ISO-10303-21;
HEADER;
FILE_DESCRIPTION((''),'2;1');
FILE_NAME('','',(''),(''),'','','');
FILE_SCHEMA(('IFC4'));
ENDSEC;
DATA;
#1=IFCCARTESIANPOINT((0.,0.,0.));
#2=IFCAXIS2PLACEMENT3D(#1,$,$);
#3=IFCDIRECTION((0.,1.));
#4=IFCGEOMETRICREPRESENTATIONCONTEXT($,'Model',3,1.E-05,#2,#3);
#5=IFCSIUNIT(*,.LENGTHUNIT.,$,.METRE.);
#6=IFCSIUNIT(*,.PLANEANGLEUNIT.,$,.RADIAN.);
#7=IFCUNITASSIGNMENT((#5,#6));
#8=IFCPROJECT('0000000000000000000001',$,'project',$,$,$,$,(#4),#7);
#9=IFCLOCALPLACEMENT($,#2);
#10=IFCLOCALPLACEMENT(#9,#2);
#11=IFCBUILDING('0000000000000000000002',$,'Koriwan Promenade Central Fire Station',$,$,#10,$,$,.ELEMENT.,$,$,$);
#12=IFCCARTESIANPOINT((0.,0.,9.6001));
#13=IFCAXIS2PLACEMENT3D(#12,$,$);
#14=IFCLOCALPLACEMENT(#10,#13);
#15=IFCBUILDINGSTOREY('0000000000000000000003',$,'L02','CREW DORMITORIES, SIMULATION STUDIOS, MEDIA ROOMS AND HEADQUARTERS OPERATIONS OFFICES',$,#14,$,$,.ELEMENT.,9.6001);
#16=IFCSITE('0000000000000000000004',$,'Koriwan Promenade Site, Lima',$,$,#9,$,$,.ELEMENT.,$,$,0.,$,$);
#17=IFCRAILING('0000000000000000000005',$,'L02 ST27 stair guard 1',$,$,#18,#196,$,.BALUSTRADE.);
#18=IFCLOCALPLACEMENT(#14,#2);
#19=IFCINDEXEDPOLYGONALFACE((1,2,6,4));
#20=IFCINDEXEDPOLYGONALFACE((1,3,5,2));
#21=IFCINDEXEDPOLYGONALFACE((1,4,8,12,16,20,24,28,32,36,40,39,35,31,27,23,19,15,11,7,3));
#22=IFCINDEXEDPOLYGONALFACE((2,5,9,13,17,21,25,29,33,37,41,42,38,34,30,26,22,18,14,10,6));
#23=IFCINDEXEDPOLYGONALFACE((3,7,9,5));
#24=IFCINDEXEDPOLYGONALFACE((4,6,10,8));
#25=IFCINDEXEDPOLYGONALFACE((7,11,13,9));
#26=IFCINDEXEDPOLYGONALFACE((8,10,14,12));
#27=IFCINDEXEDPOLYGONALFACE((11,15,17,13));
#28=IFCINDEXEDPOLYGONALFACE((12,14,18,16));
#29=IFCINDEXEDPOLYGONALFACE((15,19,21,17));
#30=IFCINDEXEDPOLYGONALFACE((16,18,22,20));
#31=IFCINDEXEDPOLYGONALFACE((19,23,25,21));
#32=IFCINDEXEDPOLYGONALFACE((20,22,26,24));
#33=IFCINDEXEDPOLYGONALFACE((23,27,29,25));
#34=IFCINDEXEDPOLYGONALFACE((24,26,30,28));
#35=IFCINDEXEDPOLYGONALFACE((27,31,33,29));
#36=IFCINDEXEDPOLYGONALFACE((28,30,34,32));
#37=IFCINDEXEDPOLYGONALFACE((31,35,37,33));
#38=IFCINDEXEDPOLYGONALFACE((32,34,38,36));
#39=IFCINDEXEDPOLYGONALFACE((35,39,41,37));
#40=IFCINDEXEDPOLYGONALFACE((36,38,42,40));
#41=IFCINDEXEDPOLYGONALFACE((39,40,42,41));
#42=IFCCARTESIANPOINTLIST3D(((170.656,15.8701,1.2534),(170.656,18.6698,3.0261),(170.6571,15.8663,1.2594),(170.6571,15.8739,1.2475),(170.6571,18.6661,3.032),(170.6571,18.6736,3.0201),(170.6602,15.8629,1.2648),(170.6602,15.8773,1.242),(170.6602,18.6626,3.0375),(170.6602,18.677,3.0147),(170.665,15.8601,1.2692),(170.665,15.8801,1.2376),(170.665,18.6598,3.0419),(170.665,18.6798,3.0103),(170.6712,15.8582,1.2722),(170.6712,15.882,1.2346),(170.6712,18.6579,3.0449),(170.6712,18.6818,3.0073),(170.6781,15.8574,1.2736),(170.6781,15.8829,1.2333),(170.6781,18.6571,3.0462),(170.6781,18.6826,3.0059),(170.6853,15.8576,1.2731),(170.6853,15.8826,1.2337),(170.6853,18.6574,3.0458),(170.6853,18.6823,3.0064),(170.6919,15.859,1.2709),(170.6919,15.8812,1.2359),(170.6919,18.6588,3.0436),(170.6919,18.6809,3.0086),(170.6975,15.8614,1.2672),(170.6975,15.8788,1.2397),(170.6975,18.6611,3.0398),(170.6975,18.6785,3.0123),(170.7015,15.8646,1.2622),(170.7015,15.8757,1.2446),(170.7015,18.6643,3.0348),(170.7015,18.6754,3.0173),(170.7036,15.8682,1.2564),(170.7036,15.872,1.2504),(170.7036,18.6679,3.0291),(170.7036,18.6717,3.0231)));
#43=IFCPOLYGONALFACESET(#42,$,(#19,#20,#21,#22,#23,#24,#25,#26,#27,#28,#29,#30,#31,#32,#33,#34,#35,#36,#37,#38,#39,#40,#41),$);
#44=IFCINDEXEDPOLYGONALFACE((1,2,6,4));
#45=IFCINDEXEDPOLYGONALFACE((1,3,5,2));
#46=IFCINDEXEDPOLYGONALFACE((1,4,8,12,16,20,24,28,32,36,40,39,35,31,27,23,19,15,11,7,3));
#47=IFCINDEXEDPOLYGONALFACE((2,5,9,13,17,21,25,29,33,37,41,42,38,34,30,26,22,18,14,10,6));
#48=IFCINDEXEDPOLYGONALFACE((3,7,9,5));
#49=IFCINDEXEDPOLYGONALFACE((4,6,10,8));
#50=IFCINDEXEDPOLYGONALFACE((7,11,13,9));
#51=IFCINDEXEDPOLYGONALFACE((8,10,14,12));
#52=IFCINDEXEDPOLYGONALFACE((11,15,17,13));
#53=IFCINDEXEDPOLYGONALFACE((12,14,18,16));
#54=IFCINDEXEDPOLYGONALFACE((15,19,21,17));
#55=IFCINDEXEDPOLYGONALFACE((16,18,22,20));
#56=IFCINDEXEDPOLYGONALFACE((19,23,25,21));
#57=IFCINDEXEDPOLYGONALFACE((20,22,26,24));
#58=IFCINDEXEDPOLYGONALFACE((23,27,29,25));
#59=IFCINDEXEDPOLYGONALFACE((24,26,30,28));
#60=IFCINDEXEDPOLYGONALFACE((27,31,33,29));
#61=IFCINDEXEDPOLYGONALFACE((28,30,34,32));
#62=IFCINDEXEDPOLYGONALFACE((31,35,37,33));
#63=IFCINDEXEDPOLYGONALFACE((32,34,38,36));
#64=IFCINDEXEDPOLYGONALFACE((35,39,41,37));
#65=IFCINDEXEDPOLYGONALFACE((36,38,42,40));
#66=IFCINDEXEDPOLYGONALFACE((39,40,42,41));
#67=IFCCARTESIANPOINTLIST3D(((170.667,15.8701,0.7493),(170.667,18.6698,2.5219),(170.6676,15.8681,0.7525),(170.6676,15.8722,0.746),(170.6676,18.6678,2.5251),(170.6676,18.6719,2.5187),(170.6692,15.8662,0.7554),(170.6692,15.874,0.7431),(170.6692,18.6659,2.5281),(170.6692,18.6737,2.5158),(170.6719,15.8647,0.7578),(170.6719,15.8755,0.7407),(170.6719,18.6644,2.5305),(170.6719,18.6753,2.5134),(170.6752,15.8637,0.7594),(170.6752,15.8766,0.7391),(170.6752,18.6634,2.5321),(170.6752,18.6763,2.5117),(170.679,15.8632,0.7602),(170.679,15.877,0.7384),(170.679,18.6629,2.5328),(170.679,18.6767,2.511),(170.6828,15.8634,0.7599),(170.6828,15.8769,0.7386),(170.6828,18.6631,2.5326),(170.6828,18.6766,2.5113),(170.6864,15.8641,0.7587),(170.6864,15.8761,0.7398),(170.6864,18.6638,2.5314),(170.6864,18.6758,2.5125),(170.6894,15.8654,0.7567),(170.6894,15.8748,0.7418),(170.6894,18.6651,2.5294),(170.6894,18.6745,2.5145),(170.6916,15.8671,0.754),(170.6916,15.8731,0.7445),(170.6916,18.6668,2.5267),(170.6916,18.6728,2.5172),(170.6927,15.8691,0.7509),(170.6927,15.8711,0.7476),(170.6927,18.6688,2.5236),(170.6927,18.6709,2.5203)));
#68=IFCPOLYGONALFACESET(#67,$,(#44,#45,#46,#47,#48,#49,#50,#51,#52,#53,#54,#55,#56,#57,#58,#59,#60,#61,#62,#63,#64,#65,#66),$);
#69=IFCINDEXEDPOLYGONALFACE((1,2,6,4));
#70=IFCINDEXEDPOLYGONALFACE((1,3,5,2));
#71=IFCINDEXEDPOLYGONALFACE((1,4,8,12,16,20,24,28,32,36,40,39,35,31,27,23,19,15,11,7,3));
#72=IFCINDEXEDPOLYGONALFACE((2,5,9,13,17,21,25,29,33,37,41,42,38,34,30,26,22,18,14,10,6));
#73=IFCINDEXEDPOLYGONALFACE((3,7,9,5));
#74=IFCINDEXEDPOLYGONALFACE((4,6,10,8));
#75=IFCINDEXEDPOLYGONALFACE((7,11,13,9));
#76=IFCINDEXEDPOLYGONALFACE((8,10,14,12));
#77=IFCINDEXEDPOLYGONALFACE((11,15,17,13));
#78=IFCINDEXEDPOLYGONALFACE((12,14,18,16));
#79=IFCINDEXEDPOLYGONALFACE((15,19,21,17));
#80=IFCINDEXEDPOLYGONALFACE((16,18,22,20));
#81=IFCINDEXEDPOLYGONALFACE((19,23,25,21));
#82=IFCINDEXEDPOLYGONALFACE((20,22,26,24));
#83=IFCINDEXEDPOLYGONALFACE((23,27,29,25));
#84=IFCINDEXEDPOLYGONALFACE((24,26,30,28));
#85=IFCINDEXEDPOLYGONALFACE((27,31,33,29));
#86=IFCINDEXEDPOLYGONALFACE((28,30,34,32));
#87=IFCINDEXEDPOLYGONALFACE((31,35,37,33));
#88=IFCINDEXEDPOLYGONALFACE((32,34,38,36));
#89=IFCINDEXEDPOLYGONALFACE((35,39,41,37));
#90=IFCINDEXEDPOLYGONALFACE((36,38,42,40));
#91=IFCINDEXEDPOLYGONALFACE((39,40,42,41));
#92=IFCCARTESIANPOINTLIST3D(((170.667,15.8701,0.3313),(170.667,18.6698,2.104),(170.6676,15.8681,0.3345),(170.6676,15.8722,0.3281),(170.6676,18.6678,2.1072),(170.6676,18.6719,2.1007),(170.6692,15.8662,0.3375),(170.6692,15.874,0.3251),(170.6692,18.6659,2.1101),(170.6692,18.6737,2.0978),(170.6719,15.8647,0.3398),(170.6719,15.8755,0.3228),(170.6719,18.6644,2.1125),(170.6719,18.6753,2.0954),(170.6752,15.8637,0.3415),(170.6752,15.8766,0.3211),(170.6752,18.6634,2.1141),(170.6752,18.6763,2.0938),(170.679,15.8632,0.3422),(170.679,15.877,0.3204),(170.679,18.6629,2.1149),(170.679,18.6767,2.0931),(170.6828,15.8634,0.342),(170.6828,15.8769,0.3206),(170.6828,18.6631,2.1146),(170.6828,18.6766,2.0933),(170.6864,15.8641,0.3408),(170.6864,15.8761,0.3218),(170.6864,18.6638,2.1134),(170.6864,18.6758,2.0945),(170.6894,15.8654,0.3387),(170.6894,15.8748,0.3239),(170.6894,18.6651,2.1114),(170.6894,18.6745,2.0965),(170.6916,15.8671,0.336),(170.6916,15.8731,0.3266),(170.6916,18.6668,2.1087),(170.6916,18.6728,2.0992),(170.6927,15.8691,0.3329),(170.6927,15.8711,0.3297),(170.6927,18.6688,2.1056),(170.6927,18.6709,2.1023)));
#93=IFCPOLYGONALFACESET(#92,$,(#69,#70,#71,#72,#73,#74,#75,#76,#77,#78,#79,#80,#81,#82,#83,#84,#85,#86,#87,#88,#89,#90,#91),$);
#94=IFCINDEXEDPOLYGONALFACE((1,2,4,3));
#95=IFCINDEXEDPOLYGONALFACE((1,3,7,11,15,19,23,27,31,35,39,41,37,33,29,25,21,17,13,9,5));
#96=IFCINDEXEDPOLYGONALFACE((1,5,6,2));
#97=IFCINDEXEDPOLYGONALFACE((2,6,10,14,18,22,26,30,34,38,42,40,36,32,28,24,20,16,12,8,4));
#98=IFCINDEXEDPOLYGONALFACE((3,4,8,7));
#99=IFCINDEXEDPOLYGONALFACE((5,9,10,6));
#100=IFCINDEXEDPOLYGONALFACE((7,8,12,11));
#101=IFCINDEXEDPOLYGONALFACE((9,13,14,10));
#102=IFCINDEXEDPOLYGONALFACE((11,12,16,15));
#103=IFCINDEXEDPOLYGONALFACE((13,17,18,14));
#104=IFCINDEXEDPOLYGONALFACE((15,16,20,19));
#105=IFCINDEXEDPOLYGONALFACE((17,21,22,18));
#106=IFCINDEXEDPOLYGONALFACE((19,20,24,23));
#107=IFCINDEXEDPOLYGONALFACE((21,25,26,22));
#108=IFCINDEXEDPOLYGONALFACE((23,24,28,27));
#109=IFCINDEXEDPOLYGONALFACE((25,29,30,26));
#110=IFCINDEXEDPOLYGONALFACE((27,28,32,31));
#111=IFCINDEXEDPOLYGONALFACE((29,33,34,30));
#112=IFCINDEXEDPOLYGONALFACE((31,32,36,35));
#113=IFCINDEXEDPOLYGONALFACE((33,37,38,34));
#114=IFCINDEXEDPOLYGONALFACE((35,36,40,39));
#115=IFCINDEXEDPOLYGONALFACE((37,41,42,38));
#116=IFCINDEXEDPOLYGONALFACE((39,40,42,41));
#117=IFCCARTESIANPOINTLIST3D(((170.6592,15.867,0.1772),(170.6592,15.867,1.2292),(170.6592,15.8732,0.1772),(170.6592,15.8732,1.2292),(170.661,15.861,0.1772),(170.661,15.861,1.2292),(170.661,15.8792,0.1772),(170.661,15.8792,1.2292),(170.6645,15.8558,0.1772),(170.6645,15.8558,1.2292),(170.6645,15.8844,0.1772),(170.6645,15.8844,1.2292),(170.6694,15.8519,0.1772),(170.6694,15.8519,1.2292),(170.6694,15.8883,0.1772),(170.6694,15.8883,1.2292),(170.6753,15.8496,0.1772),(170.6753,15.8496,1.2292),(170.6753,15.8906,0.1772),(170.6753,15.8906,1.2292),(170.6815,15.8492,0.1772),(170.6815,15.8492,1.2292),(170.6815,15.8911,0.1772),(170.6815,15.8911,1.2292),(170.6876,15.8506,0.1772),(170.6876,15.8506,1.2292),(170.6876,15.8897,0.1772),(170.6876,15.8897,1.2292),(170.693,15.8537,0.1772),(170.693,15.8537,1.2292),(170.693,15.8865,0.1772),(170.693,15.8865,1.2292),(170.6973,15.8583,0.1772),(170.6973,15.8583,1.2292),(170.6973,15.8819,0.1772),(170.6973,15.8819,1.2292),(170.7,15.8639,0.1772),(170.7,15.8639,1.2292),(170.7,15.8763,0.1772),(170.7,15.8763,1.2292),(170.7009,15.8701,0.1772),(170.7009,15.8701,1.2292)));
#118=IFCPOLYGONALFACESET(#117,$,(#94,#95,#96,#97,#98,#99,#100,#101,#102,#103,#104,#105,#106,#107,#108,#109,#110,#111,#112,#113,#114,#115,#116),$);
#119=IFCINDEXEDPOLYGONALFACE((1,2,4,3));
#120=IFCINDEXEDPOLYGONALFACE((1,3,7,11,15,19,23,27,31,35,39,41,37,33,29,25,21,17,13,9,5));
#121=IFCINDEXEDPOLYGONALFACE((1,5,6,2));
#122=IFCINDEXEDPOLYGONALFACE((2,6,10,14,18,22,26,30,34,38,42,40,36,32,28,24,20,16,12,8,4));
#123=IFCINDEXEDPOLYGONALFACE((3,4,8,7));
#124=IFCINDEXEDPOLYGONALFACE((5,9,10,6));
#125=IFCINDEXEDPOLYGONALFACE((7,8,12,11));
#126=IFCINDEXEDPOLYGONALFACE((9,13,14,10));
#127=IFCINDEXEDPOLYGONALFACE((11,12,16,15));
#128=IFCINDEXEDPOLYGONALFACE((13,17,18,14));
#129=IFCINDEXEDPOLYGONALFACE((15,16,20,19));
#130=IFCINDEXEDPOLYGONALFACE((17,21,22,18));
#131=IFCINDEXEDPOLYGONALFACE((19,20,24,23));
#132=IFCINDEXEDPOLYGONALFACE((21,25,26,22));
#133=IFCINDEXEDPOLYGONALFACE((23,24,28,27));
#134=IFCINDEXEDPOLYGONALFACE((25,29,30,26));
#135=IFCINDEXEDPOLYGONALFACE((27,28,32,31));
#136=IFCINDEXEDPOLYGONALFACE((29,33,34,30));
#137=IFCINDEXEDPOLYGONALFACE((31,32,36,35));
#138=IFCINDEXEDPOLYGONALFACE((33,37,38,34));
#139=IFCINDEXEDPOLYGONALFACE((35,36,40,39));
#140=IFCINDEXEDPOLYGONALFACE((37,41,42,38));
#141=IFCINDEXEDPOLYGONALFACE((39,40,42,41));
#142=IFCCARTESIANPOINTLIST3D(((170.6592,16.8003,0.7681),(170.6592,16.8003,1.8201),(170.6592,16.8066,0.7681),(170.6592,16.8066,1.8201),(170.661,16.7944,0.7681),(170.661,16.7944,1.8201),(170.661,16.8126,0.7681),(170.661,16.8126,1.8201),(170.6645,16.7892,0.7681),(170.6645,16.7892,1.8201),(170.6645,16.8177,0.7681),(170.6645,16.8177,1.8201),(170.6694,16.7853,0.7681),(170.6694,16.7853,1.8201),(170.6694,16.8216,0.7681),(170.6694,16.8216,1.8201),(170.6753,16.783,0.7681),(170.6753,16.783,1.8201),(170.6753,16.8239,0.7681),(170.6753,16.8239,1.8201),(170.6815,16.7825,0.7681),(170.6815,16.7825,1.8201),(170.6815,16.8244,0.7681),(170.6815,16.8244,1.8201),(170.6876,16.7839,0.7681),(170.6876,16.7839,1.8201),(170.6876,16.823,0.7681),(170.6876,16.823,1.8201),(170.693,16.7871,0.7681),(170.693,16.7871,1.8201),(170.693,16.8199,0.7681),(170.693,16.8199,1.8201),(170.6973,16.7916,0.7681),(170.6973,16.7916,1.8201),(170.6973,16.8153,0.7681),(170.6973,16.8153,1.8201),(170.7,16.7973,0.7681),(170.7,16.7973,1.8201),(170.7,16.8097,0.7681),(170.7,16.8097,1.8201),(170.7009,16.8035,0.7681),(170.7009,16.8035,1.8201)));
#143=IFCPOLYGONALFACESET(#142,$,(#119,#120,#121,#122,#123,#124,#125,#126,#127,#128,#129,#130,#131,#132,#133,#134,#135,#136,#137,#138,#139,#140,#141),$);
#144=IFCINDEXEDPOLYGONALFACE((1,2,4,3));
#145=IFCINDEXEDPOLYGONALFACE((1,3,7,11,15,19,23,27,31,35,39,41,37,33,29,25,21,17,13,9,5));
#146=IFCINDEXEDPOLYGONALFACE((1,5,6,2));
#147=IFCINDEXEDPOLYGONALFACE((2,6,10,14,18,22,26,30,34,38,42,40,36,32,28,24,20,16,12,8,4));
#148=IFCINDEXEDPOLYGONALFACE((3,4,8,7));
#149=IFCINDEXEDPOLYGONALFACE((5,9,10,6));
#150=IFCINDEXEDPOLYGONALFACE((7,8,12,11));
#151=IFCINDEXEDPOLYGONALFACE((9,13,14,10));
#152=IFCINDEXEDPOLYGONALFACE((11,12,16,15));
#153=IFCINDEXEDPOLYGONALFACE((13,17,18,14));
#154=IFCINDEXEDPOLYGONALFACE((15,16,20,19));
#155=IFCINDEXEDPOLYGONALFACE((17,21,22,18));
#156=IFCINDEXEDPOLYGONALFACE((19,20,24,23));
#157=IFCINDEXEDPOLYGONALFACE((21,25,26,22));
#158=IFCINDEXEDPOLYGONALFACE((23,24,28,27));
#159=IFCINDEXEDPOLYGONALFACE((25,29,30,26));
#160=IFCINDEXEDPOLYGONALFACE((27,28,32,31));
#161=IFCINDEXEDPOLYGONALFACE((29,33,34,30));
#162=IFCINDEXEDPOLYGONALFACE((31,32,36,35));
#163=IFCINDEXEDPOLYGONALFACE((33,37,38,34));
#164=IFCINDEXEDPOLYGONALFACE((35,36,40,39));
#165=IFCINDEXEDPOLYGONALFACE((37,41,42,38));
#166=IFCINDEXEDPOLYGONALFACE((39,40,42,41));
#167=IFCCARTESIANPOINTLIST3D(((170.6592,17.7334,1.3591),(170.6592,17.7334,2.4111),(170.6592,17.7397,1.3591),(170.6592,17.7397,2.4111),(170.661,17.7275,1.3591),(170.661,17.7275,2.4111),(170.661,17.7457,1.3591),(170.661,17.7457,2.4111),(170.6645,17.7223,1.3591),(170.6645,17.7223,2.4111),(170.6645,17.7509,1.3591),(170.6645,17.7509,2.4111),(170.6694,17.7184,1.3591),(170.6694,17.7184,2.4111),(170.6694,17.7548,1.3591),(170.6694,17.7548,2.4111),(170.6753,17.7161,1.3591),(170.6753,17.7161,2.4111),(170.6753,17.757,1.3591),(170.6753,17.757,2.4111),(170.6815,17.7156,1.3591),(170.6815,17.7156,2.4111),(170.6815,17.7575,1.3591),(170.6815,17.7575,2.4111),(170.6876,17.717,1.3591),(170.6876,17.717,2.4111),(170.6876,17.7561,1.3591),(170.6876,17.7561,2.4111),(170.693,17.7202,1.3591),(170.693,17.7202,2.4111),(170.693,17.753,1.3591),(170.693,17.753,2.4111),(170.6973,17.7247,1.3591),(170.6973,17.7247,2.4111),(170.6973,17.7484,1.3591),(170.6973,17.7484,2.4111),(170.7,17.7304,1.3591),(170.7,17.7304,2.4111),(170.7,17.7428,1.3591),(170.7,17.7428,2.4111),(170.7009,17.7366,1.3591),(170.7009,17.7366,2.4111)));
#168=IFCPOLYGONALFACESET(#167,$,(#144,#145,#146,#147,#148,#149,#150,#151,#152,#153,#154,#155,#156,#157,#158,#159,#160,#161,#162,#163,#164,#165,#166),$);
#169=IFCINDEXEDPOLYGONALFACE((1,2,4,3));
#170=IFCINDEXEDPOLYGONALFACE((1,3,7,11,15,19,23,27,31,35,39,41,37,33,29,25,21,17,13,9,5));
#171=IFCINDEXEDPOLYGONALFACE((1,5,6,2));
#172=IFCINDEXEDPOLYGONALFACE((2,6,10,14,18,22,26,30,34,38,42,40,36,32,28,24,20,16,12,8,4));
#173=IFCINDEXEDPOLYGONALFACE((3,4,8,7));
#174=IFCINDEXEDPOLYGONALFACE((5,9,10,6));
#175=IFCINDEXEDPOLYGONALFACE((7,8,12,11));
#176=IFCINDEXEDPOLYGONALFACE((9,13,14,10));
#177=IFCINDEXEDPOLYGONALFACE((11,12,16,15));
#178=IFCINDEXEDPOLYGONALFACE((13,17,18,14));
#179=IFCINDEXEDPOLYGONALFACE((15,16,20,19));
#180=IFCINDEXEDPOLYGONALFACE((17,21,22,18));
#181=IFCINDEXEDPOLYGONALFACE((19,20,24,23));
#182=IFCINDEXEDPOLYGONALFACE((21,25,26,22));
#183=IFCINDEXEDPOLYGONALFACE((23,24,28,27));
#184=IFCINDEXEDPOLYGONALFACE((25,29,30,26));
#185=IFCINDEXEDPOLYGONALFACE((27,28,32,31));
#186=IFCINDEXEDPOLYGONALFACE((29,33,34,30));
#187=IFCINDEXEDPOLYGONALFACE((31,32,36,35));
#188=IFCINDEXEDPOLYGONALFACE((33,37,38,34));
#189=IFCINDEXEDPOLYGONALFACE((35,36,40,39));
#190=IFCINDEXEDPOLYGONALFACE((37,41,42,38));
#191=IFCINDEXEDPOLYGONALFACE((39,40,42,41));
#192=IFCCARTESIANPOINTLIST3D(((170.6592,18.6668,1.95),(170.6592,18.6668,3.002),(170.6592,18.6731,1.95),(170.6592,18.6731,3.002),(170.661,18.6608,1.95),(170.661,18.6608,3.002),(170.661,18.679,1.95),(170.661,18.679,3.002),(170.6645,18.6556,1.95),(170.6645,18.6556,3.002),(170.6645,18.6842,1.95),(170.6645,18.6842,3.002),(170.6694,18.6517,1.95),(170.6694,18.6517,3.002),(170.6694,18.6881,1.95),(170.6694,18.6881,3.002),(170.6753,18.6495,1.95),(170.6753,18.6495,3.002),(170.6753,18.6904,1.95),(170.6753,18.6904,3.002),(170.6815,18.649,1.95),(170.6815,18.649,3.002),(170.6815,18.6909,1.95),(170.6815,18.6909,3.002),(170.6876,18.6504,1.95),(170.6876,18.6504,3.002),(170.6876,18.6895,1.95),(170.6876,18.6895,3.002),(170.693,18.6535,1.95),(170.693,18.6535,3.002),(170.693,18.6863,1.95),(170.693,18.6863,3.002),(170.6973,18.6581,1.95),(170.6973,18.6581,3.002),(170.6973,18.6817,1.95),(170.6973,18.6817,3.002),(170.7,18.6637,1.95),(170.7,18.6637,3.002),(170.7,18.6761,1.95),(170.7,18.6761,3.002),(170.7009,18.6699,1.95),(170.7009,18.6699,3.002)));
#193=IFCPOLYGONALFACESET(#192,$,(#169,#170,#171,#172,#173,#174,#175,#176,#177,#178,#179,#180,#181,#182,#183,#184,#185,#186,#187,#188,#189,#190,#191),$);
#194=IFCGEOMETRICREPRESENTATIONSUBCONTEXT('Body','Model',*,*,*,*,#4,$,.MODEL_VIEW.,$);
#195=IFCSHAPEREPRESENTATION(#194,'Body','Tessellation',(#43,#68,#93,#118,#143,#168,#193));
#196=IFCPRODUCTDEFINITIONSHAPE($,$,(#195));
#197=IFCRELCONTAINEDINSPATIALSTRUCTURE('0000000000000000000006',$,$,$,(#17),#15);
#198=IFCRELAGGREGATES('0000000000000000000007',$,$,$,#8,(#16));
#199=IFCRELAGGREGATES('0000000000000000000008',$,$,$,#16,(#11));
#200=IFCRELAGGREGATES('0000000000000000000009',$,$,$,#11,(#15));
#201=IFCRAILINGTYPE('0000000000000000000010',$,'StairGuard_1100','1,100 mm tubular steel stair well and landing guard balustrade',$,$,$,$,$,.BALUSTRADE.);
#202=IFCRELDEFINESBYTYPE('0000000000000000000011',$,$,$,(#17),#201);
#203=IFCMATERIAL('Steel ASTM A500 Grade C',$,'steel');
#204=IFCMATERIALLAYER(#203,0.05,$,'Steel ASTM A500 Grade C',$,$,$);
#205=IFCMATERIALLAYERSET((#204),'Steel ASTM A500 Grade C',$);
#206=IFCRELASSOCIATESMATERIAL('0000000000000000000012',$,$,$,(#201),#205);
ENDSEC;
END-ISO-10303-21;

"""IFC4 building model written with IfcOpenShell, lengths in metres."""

from ifc_helpers import new_model, si_unit, direction, frame, origin, origin_2d, place, context, subcontext, project, spatial, circle, extrude, material, layer, layer_set, type_object, element, save


model = new_model("IFC4")

# Units and contexts
model_context = context("Model", 3, precision=1e-05, world=origin(), true_north=direction((0.0, 1.0)))
body_context = subcontext(model_context, "Body", "Model", "MODEL_VIEW")
ifc_project = project(units=[si_unit("LENGTHUNIT", "METRE"), si_unit("PLANEANGLEUNIT", "RADIAN")], contexts=[model_context])

# Site, building, storey
site_placement = place(None, origin())
site = spatial("IfcSite", under=ifc_project, at=site_placement, Name="Koriwan Promenade Site, Lima", CompositionType="ELEMENT", RefElevation=0.0)
building_placement = place(site_placement, origin())
building = spatial("IfcBuilding", under=site, at=building_placement, Name="Koriwan Promenade Central Fire Station", CompositionType="ELEMENT")
storey_placement = place(building_placement, frame((0.0, 0.0, 9.6001)))
storey = spatial("IfcBuildingStorey", under=building, at=storey_placement, Name="L02", Description="CREW DORMITORIES, SIMULATION STUDIOS, MEDIA ROOMS AND HEADQUARTERS OPERATIONS OFFICES", CompositionType="ELEMENT", Elevation=9.6001)

# Railing
ifc_material_1 = material(Name="Steel ASTM A500 Grade C", Category="steel")
ifc_layer_1 = layer(ifc_material_1, 0.05, Name="Steel ASTM A500 Grade C")
ifc_layer_set_1 = layer_set([ifc_layer_1], Name="Steel ASTM A500 Grade C")
railing_type_1 = type_object("IfcRailingType", Name="StairGuard_1100", Description="1,100 mm tubular steel stair well and landing guard balustrade", PredefinedType="BALUSTRADE", material=ifc_layer_set_1)
railing_1_placement = place(storey_placement, frame((170.6799, 15.8701, 0.1772)))
element("IfcRailing", 1, at=railing_1_placement, inside=storey, type_object=railing_type_1, Name="L02 ST27 stair guard 1", PredefinedType="BALUSTRADE", context=body_context, shape_type="SweptSolid", body=[
    extrude(circle(Radius=0.0239, at=origin_2d()), frame((0.0, 0.0, 1.0762), z_axis=(0.0, 0.844888, 0.534943), x_axis=(-1.0, 0.0, 0.0)), (0.0, 0.0, 1.0), 3.3137),
    extrude(circle(Radius=0.0129, at=origin_2d()), frame((0.0, 0.0, 0.572), z_axis=(0.0, 0.844888, 0.534943), x_axis=(-1.0, 0.0, 0.0)), (0.0, 0.0, 1.0), 3.3137),
    extrude(circle(Radius=0.0129, at=origin_2d()), frame((0.0, 0.0, 0.1541), z_axis=(0.0, 0.844888, 0.534943), x_axis=(-1.0, 0.0, 0.0)), (0.0, 0.0, 1.0), 3.3137),
    extrude(circle(Radius=0.021, at=origin_2d()), origin(), (0.0, 0.0, 1.0), 1.052),
    extrude(circle(Radius=0.021, at=origin_2d()), frame((0.0, 0.9333, 0.5908)), (0.0, 0.0, 1.0), 1.052),
    extrude(circle(Radius=0.021, at=origin_2d()), frame((0.0, 1.8665, 1.1819)), (0.0, 0.0, 1.0), 1.052),
    extrude(circle(Radius=0.021, at=origin_2d()), frame((0.0, 2.7998, 1.7727)), (0.0, 0.0, 1.0), 1.052),
])

save(model, "model.ifc")
